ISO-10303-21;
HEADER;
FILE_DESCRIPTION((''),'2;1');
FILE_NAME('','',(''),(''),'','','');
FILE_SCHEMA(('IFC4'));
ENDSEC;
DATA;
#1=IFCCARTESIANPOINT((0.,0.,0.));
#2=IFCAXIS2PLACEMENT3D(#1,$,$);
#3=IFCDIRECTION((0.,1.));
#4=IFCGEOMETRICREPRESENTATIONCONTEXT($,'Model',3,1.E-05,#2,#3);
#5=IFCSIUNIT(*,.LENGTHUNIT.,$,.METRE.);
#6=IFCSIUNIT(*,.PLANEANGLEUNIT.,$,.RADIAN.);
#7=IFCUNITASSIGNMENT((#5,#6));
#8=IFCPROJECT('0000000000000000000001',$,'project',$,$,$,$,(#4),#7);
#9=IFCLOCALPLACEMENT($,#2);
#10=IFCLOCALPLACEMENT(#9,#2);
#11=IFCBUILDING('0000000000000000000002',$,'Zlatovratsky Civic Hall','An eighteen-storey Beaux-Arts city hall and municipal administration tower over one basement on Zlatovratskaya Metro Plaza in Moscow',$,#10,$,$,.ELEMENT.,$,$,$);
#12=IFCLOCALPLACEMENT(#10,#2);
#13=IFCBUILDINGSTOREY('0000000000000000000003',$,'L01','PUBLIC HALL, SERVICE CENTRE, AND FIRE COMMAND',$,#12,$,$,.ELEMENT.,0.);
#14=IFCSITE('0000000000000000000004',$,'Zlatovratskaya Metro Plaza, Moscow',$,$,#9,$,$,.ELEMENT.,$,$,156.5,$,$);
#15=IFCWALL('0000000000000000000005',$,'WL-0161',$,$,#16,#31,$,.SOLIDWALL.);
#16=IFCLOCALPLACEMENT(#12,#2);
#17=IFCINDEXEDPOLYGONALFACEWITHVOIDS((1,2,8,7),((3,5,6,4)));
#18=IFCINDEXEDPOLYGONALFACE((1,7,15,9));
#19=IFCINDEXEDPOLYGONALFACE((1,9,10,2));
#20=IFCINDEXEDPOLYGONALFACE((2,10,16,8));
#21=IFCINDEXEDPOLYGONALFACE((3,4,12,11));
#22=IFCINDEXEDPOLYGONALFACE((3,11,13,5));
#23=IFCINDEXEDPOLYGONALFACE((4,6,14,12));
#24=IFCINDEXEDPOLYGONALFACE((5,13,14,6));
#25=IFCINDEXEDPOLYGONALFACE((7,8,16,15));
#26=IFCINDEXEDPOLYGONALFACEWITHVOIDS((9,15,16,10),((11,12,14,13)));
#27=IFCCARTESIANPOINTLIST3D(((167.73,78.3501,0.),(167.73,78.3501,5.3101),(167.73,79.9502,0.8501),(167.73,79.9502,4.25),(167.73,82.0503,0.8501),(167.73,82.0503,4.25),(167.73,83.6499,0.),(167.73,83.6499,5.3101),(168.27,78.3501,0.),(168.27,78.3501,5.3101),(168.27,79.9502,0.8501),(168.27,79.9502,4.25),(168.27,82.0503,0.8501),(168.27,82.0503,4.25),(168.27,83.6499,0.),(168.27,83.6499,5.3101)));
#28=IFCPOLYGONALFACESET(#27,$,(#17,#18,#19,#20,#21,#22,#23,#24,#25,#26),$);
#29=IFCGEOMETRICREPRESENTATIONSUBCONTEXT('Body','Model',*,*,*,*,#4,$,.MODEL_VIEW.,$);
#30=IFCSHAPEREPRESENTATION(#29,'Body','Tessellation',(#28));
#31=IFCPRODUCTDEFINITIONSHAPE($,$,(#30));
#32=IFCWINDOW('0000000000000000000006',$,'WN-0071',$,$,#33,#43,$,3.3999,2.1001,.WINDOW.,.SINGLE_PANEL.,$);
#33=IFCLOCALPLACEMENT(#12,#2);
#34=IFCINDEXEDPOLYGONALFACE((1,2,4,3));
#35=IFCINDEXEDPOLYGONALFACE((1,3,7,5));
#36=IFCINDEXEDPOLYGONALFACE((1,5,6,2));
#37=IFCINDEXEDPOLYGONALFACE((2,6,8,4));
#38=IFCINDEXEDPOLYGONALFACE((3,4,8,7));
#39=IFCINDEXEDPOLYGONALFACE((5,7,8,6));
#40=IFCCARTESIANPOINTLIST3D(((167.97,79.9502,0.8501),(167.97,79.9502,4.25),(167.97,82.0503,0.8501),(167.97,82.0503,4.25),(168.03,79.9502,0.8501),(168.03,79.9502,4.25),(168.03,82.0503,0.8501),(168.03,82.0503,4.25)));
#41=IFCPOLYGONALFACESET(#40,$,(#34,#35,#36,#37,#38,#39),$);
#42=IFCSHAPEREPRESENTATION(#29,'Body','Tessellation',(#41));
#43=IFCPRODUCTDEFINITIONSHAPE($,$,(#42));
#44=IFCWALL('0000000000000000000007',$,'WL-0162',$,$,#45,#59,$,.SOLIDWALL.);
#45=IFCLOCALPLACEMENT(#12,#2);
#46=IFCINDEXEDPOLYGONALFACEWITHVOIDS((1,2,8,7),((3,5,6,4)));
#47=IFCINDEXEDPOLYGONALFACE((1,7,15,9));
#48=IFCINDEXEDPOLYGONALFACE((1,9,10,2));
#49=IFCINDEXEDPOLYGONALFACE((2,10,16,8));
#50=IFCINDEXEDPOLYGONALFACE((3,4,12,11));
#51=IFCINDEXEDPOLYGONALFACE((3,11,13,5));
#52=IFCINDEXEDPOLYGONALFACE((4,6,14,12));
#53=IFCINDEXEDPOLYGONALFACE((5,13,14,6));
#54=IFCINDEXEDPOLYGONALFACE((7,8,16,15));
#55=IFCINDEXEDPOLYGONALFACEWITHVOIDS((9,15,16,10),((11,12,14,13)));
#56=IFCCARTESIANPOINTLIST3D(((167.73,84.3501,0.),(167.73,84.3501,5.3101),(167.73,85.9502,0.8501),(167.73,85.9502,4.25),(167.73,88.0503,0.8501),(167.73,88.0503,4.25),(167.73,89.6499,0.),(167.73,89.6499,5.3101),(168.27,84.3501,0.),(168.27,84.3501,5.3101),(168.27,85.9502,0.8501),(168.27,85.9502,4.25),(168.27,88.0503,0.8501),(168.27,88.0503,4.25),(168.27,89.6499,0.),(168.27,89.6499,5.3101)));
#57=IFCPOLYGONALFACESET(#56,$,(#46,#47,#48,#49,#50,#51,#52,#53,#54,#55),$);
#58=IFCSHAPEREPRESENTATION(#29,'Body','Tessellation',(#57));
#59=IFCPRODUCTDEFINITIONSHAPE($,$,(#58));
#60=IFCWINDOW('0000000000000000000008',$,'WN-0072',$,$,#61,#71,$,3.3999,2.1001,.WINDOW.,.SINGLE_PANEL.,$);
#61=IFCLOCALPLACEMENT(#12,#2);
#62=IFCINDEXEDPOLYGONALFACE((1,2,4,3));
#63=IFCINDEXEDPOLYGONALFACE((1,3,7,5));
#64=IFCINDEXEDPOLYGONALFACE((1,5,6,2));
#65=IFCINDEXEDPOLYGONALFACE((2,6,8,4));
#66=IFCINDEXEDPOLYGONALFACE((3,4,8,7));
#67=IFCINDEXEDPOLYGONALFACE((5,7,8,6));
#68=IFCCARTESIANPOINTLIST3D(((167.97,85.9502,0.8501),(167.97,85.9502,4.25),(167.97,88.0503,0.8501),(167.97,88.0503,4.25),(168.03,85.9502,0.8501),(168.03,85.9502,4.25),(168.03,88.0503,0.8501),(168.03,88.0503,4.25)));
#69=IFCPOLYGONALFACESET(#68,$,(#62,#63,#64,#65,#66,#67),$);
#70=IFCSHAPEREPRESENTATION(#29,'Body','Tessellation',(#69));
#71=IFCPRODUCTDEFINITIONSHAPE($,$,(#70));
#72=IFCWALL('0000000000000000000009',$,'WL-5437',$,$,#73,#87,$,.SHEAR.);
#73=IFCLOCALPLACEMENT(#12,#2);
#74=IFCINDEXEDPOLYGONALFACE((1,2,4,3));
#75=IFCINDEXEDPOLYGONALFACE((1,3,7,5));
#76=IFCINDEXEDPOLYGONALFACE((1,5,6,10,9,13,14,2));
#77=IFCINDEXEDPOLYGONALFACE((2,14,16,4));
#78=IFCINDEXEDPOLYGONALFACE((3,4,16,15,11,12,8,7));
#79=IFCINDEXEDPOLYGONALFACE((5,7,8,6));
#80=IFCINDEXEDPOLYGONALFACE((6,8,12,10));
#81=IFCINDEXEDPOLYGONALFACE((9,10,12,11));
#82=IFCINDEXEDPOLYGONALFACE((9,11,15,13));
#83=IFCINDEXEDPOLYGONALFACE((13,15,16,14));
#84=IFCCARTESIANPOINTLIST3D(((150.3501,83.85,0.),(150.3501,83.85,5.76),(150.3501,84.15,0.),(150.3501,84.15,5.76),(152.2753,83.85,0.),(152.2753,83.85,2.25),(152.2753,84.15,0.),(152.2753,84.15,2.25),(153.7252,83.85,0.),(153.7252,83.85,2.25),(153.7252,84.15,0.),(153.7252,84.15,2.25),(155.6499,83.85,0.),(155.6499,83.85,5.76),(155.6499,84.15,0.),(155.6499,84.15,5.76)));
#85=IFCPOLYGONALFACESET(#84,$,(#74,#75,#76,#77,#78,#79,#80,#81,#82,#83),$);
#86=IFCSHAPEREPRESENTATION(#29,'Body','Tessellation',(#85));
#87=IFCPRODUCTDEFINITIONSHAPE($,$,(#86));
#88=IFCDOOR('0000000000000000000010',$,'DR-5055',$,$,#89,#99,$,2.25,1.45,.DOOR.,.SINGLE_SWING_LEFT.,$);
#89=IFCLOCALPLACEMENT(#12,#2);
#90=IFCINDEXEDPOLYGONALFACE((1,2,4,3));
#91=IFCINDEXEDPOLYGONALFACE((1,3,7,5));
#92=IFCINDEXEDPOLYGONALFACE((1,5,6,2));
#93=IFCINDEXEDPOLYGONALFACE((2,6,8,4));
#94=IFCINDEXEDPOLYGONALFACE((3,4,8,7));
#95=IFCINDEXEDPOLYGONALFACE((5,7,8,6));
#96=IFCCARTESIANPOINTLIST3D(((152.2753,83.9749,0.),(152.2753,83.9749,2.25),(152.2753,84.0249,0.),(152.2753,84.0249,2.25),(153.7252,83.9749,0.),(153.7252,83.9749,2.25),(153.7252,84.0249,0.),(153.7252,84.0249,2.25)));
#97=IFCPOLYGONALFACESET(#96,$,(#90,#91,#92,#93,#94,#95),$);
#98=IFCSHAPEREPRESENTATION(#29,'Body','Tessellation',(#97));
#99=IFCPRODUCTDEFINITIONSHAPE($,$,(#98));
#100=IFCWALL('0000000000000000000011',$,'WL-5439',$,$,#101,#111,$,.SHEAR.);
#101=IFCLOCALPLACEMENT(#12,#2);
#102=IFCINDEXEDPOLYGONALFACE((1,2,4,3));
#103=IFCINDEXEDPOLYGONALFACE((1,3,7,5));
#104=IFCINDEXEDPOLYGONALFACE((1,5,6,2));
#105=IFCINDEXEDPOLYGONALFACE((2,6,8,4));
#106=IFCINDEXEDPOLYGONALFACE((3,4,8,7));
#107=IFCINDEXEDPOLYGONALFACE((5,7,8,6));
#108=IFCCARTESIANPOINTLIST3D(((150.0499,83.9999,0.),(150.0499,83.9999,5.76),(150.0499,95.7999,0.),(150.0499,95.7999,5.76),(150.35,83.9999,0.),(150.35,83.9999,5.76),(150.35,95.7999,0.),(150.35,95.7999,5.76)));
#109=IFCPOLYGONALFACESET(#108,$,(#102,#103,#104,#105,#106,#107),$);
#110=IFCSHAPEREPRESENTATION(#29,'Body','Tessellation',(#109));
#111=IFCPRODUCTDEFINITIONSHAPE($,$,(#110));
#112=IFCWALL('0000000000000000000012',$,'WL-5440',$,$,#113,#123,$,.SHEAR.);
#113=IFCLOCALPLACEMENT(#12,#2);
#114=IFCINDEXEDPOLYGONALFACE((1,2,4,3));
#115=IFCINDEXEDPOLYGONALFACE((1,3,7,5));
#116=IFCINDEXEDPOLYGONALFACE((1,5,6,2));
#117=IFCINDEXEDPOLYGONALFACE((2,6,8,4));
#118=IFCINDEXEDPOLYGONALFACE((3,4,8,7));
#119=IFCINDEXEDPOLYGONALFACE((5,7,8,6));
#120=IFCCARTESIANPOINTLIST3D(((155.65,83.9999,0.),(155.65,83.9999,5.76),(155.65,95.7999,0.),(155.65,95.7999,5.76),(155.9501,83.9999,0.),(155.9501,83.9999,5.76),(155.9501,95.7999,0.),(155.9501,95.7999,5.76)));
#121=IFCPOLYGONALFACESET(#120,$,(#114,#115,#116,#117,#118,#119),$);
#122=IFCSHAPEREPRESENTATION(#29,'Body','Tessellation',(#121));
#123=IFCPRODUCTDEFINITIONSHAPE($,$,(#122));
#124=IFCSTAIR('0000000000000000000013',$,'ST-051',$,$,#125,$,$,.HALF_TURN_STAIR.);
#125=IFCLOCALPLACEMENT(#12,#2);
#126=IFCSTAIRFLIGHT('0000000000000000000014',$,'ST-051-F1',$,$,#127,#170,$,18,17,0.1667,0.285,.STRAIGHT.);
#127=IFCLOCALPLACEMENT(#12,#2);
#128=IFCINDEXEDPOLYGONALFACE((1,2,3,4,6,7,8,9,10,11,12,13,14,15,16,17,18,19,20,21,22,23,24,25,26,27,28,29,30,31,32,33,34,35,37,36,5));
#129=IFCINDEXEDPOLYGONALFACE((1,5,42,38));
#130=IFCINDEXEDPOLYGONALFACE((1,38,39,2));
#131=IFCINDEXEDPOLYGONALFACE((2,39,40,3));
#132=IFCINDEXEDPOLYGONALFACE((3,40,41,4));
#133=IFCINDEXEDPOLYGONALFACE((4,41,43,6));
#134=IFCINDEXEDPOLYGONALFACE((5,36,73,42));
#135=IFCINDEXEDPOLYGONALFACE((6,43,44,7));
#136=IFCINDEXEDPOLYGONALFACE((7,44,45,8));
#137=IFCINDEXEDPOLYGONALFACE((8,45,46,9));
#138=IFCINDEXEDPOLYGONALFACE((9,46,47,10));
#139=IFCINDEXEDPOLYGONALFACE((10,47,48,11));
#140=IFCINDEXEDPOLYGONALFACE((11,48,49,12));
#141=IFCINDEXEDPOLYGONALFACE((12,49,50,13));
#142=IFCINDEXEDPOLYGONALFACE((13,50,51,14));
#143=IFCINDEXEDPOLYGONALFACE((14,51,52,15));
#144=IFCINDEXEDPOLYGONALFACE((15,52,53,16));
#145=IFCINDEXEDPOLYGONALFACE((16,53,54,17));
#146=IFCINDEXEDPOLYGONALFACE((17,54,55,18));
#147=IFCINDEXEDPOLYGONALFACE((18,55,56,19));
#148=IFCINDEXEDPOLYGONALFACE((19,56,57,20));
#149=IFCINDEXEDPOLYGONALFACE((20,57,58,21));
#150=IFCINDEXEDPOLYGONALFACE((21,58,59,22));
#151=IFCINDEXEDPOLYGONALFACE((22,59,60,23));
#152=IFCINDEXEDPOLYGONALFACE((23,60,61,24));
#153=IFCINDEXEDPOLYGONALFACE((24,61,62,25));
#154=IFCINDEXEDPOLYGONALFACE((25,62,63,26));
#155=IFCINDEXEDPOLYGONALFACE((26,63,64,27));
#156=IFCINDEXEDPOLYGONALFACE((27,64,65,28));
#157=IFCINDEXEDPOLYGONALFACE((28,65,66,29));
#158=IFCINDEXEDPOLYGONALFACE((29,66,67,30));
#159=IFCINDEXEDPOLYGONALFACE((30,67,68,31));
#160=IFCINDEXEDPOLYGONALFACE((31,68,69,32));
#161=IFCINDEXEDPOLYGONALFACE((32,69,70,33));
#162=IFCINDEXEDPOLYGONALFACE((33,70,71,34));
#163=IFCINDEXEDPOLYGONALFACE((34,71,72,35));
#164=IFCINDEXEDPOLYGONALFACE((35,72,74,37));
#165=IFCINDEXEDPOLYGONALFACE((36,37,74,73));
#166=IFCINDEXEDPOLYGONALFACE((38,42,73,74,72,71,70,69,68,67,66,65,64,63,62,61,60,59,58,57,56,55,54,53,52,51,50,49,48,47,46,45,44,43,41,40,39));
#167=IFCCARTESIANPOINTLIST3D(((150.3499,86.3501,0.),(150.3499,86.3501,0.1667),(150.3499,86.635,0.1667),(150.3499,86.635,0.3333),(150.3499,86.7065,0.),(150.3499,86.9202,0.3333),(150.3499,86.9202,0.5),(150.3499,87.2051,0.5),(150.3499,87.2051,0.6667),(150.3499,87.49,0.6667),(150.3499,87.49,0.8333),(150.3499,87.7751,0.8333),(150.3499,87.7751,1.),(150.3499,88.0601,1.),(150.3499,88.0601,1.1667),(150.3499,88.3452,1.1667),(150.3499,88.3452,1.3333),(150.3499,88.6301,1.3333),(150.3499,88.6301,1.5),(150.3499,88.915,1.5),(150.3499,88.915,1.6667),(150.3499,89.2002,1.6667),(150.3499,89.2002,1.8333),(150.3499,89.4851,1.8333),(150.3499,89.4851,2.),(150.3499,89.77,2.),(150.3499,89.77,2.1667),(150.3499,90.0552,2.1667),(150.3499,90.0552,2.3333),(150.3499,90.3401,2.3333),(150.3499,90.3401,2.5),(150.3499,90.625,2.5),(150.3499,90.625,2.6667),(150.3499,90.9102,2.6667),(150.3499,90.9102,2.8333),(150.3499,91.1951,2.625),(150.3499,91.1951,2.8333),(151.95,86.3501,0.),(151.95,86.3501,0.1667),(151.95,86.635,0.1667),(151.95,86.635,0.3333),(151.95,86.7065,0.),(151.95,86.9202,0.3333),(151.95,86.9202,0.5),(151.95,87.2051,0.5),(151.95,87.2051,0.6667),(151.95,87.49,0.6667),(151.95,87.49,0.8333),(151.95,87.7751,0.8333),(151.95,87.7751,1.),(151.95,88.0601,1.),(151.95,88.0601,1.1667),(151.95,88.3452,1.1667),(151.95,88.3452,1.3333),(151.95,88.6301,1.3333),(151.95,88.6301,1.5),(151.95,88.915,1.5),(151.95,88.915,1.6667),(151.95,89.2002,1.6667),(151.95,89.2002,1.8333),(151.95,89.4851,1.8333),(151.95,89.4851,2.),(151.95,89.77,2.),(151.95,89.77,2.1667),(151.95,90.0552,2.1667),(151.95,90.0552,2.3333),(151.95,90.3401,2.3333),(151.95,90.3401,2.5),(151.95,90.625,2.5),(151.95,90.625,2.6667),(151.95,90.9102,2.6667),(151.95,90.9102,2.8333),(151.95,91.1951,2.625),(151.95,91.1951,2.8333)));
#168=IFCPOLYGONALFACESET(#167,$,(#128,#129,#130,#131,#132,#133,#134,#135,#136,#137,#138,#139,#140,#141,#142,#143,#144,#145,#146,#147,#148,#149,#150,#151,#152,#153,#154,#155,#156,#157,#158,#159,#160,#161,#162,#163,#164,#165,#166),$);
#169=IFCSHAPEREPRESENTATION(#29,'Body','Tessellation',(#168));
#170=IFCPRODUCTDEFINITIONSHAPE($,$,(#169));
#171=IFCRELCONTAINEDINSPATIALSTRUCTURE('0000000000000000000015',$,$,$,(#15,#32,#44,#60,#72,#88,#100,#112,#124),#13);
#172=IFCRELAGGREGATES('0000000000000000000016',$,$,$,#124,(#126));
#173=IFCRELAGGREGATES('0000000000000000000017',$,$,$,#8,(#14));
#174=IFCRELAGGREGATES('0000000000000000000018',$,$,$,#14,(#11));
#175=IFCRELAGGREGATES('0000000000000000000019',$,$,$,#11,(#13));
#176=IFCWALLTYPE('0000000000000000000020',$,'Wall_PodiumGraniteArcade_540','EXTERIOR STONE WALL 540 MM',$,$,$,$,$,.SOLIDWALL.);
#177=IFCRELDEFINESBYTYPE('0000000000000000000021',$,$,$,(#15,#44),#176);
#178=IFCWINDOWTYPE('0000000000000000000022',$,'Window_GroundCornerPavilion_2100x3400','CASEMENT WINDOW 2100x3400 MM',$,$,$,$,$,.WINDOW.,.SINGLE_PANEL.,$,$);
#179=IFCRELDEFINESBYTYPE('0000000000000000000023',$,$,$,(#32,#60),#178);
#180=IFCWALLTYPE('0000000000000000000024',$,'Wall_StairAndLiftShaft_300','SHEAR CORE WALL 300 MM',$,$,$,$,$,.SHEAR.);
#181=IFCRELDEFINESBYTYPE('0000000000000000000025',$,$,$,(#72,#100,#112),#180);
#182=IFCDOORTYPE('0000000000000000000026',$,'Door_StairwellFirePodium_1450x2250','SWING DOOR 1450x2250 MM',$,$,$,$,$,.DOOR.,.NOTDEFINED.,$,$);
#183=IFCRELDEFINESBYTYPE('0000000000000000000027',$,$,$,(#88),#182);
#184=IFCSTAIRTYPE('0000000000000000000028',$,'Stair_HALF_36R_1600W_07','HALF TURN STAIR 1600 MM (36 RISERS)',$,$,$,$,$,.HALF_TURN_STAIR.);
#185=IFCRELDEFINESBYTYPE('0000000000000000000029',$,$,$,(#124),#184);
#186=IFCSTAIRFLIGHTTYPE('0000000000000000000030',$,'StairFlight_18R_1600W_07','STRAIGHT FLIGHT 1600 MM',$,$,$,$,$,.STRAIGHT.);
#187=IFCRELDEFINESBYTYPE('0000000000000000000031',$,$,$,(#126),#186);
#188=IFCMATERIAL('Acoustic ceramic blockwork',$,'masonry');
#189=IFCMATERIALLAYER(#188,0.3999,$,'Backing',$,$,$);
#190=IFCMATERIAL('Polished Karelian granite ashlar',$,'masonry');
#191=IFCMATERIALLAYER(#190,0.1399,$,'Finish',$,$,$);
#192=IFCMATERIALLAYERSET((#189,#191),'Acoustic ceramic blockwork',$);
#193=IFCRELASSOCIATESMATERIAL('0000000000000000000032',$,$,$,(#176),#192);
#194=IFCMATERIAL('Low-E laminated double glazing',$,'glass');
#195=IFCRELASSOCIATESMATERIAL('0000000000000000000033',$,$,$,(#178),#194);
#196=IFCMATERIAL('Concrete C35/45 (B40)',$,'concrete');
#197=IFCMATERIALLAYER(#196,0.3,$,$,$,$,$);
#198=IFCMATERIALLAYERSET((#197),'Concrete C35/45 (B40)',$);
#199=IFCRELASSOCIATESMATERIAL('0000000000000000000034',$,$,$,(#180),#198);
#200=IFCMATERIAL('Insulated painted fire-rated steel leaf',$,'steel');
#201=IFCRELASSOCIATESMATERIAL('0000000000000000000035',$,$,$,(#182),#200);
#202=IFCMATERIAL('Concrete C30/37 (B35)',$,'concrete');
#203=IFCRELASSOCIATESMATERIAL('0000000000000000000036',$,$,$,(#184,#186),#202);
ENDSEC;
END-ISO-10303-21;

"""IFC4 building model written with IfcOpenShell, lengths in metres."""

from ifc_helpers import new_model, si_unit, direction, frame, frame_2d, origin, place, context, subcontext, project, spatial, polyline, rectangle, outline, extrude, material, layer, layer_set, type_object, element, fill, aggregate, save


model = new_model("IFC4")

# Units and contexts
model_context = context("Model", 3, precision=1e-05, world=origin(), true_north=direction((0.0, 1.0)))
body_context = subcontext(model_context, "Body", "Model", "MODEL_VIEW")
ifc_project = project(units=[si_unit("LENGTHUNIT", "METRE"), si_unit("PLANEANGLEUNIT", "RADIAN")], contexts=[model_context])

# Site, building, storey
site_placement = place(None, origin())
site = spatial("IfcSite", under=ifc_project, at=site_placement, Name="Zlatovratskaya Metro Plaza, Moscow", CompositionType="ELEMENT", RefElevation=156.5)
building_placement = place(site_placement, origin())
building = spatial("IfcBuilding", under=site, at=building_placement, Name="Zlatovratsky Civic Hall", Description="An eighteen-storey Beaux-Arts city hall and municipal administration tower over one basement on Zlatovratskaya Metro Plaza in Moscow", CompositionType="ELEMENT")
storey_placement = place(building_placement, origin())
storey = spatial("IfcBuildingStorey", under=building, at=storey_placement, Name="L01", Description="PUBLIC HALL, SERVICE CENTRE, AND FIRE COMMAND", CompositionType="ELEMENT", Elevation=0.0)

# Shared definitions
ifc_material_1 = material(Name="Concrete C35/45 (B40)", Category="concrete")

# Shared definitions
ifc_material_2 = material(Name="Acoustic ceramic blockwork", Category="masonry")
ifc_material_3 = material(Name="Insulated painted fire-rated steel leaf", Category="steel")

# Walls, openings, windows
ifc_layer_1 = layer(ifc_material_2, 0.3999, Name="Backing")
ifc_material_4 = material(Name="Polished Karelian granite ashlar", Category="masonry")
ifc_layer_2 = layer(ifc_material_4, 0.1399, Name="Finish")
ifc_layer_set_1 = layer_set([ifc_layer_1, ifc_layer_2], Name="Acoustic ceramic blockwork")
wall_type_1 = type_object("IfcWallType", Name="Wall_PodiumGraniteArcade_540", Description="EXTERIOR STONE WALL 540 MM", PredefinedType="SOLIDWALL", material=ifc_layer_set_1)
wall_1_placement = place(storey_placement, frame((168.0, 78.3501, 0.0), z_axis=(0.0, 0.0, 1.0), x_axis=(0.0, 1.0, 0.0)))
wall_1 = element("IfcWall", 1, at=wall_1_placement, inside=storey, type_object=wall_type_1, Name="WL-0161", PredefinedType="SOLIDWALL", context=body_context, shape_type="SweptSolid", body=[
    extrude(rectangle(XDim=5.2998, YDim=0.54, at=frame_2d((2.6499, 0.0))), origin(), (0.0, 0.0, 1.0), 5.3101),
])
opening_1_placement = place(wall_1_placement, frame((1.6001, 0.0, 0.8501)))
opening_1 = element("IfcOpeningElement", 2, at=opening_1_placement, cuts=wall_1, PredefinedType="OPENING", context=body_context, shape_type="SweptSolid", body=[
    extrude(rectangle(XDim=2.1001, YDim=3.3999, at=frame_2d((1.05, 1.7))), frame((0.0, 0.2849, 0.0), z_axis=(0.0, -1.0, 0.0), x_axis=(1.0, 0.0, 0.0)), (0.0, 0.0, 1.0), 0.5698),
])
ifc_material_5 = material(Name="Low-E laminated double glazing", Category="glass")
window_type = type_object("IfcWindowType", Name="Window_GroundCornerPavilion_2100x3400", Description="CASEMENT WINDOW 2100x3400 MM", PartitioningType="SINGLE_PANEL", PredefinedType="WINDOW", material=ifc_material_5)
window_1_placement = place(opening_1_placement, origin())
window_1 = element("IfcWindow", 3, at=window_1_placement, inside=storey, type_object=window_type, Name="WN-0071", OverallHeight=3.3999, OverallWidth=2.1001, PartitioningType="SINGLE_PANEL", PredefinedType="WINDOW", context=body_context, shape_type="SweptSolid", body=[
    extrude(rectangle(XDim=2.1001, YDim=3.3999, at=frame_2d((1.05, 1.7))), frame((0.0, 0.03, 0.0), z_axis=(0.0, -1.0, 0.0), x_axis=(1.0, 0.0, 0.0)), (0.0, 0.0, 1.0), 0.0601),
])
fill(opening_1, window_1)
wall_2_placement = place(storey_placement, frame((168.0, 84.3501, 0.0), z_axis=(0.0, 0.0, 1.0), x_axis=(0.0, 1.0, 0.0)))
wall_2 = element("IfcWall", 4, at=wall_2_placement, inside=storey, type_object=wall_type_1, Name="WL-0162", PredefinedType="SOLIDWALL", context=body_context, shape_type="SweptSolid", body=[
    extrude(rectangle(XDim=5.2998, YDim=0.54, at=frame_2d((2.6499, 0.0))), origin(), (0.0, 0.0, 1.0), 5.3101),
])
opening_2_placement = place(wall_2_placement, frame((1.6001, 0.0, 0.8501)))
opening_2 = element("IfcOpeningElement", 5, at=opening_2_placement, cuts=wall_2, PredefinedType="OPENING", context=body_context, shape_type="SweptSolid", body=[
    extrude(rectangle(XDim=2.1001, YDim=3.3999, at=frame_2d((1.05, 1.7))), frame((0.0, 0.2849, 0.0), z_axis=(0.0, -1.0, 0.0), x_axis=(1.0, 0.0, 0.0)), (0.0, 0.0, 1.0), 0.5698),
])
window_2_placement = place(opening_2_placement, origin())
window_2 = element("IfcWindow", 6, at=window_2_placement, inside=storey, type_object=window_type, Name="WN-0072", OverallHeight=3.3999, OverallWidth=2.1001, PartitioningType="SINGLE_PANEL", PredefinedType="WINDOW", context=body_context, shape_type="SweptSolid", body=[
    extrude(rectangle(XDim=2.1001, YDim=3.3999, at=frame_2d((1.05, 1.7))), frame((0.0, 0.03, 0.0), z_axis=(0.0, -1.0, 0.0), x_axis=(1.0, 0.0, 0.0)), (0.0, 0.0, 1.0), 0.0601),
])
fill(opening_2, window_2)

# Wall, opening, door
ifc_layer_3 = layer(ifc_material_1, 0.3)
ifc_layer_set_2 = layer_set([ifc_layer_3], Name="Concrete C35/45 (B40)")
wall_type_2 = type_object("IfcWallType", Name="Wall_StairAndLiftShaft_300", Description="SHEAR CORE WALL 300 MM", PredefinedType="SHEAR", material=ifc_layer_set_2)
wall_3_placement = place(storey_placement, frame((150.3501, 84.0, 0.0), z_axis=(0.0, 0.0, 1.0), x_axis=(1.0, 0.0, 0.0)))
wall_3 = element("IfcWall", 7, at=wall_3_placement, inside=storey, type_object=wall_type_2, Name="WL-5437", PredefinedType="SHEAR", context=body_context, shape_type="SweptSolid", body=[
    extrude(rectangle(XDim=5.2998, YDim=0.3, at=frame_2d((2.6499, 0.0))), origin(), (0.0, 0.0, 1.0), 5.76),
])
opening_3_placement = place(wall_3_placement, frame((1.925, 0.0, 0.0)))
opening_3 = element("IfcOpeningElement", 8, at=opening_3_placement, cuts=wall_3, PredefinedType="OPENING", context=body_context, shape_type="SweptSolid", body=[
    extrude(rectangle(XDim=1.45, YDim=2.25, at=frame_2d((0.7251, 1.125))), frame((0.0, 0.165, 0.0), z_axis=(0.0, -1.0, 0.0), x_axis=(1.0, 0.0, 0.0)), (0.0, 0.0, 1.0), 0.3298),
])
door_type_1 = type_object("IfcDoorType", Name="Door_StairwellFirePodium_1450x2250", Description="SWING DOOR 1450x2250 MM", OperationType="NOTDEFINED", PredefinedType="DOOR", material=ifc_material_3)
door_1_placement = place(opening_3_placement, origin())
door_1 = element("IfcDoor", 9, at=door_1_placement, inside=storey, type_object=door_type_1, Name="DR-5055", OperationType="SINGLE_SWING_LEFT", OverallHeight=2.25, OverallWidth=1.45, PredefinedType="DOOR", context=body_context, shape_type="SweptSolid", body=[
    extrude(rectangle(XDim=1.45, YDim=2.25, at=frame_2d((0.7251, 1.125))), frame((0.0, 0.0249, 0.0), z_axis=(0.0, -1.0, 0.0), x_axis=(1.0, 0.0, 0.0)), (0.0, 0.0, 1.0), 0.05),
])
fill(opening_3, door_1)

# Walls
for number, where, z_axis, x_axis, name in (
    (10, (150.2, 84.0, 0.0), (0.0, 0.0, 1.0), (0.0, 1.0, 0.0), "WL-5439"),
    (11, (155.8, 84.0, 0.0), (0.0, 0.0, 1.0), (0.0, 1.0, 0.0), "WL-5440"),
):
    element("IfcWall", number, at=place(storey_placement, frame(where, z_axis=z_axis, x_axis=x_axis)), inside=storey, type_object=wall_type_2, Name=name, PredefinedType="SHEAR", context=body_context, shape_type="SweptSolid", body=[
        extrude(rectangle(XDim=11.8, YDim=0.3, at=frame_2d((5.8999, 0.0))), origin(), (0.0, 0.0, 1.0), 5.76),
    ])

# Stair, stair flight
ifc_material_6 = material(Name="Concrete C30/37 (B35)", Category="concrete")
stair_type = type_object("IfcStairType", Name="Stair_HALF_36R_1600W_07", Description="HALF TURN STAIR 1600 MM (36 RISERS)", PredefinedType="HALF_TURN_STAIR", material=ifc_material_6)
stair_placement = place(storey_placement, origin())
stair = element("IfcStair", 12, at=stair_placement, inside=storey, type_object=stair_type, Name="ST-051", PredefinedType="HALF_TURN_STAIR")
stair_flight_type = type_object("IfcStairFlightType", Name="StairFlight_18R_1600W_07", Description="STRAIGHT FLIGHT 1600 MM", PredefinedType="STRAIGHT", material=ifc_material_6)
stair_flight_placement = place(storey_placement, frame((151.1499, 86.3501, 0.0), z_axis=(0.0, 0.0, 1.0), x_axis=(0.0, 1.0, 0.0)))
stair_flight = element("IfcStairFlight", 13, at=stair_flight_placement, type_object=stair_flight_type, Name="ST-051-F1", NumberOfRisers=18, NumberOfTreads=17, PredefinedType="STRAIGHT", RiserHeight=0.1667, TreadLength=0.285, context=body_context, shape_type="SweptSolid", body=[
    extrude(outline(polyline([(0.0, 0.0), (0.0, 0.1667), (0.2849, 0.1667), (0.2849, 0.3333), (0.5701, 0.3333), (0.5701, 0.5), (0.855, 0.5), (0.855, 0.6667), (1.1399, 0.6667), (1.1399, 0.8333), (1.425, 0.8333), (1.425, 1.0), (1.71, 1.0), (1.71, 1.1667), (1.9951, 1.1667), (1.9951, 1.3333), (2.28, 1.3333), (2.28, 1.5), (2.5649, 1.5), (2.5649, 1.6667), (2.8501, 1.6667), (2.8501, 1.8333), (3.135, 1.8333), (3.135, 2.0), (3.4199, 2.0), (3.4199, 2.1667), (3.7051, 2.1667), (3.7051, 2.3333), (3.99, 2.3333), (3.99, 2.5), (4.2749, 2.5), (4.2749, 2.6667), (4.5601, 2.6667), (4.5601, 2.8333), (4.845, 2.8333), (4.845, 3.0), (4.845, 2.625), (0.3564, 0.0), (0.0, 0.0)])), frame((0.0, 0.8, 0.0), z_axis=(0.0, -1.0, 0.0), x_axis=(1.0, 0.0, 0.0)), (0.0, 0.0, 1.0), 1.6001),
])
aggregate(stair, [stair_flight])

save(model, "model.ifc")
